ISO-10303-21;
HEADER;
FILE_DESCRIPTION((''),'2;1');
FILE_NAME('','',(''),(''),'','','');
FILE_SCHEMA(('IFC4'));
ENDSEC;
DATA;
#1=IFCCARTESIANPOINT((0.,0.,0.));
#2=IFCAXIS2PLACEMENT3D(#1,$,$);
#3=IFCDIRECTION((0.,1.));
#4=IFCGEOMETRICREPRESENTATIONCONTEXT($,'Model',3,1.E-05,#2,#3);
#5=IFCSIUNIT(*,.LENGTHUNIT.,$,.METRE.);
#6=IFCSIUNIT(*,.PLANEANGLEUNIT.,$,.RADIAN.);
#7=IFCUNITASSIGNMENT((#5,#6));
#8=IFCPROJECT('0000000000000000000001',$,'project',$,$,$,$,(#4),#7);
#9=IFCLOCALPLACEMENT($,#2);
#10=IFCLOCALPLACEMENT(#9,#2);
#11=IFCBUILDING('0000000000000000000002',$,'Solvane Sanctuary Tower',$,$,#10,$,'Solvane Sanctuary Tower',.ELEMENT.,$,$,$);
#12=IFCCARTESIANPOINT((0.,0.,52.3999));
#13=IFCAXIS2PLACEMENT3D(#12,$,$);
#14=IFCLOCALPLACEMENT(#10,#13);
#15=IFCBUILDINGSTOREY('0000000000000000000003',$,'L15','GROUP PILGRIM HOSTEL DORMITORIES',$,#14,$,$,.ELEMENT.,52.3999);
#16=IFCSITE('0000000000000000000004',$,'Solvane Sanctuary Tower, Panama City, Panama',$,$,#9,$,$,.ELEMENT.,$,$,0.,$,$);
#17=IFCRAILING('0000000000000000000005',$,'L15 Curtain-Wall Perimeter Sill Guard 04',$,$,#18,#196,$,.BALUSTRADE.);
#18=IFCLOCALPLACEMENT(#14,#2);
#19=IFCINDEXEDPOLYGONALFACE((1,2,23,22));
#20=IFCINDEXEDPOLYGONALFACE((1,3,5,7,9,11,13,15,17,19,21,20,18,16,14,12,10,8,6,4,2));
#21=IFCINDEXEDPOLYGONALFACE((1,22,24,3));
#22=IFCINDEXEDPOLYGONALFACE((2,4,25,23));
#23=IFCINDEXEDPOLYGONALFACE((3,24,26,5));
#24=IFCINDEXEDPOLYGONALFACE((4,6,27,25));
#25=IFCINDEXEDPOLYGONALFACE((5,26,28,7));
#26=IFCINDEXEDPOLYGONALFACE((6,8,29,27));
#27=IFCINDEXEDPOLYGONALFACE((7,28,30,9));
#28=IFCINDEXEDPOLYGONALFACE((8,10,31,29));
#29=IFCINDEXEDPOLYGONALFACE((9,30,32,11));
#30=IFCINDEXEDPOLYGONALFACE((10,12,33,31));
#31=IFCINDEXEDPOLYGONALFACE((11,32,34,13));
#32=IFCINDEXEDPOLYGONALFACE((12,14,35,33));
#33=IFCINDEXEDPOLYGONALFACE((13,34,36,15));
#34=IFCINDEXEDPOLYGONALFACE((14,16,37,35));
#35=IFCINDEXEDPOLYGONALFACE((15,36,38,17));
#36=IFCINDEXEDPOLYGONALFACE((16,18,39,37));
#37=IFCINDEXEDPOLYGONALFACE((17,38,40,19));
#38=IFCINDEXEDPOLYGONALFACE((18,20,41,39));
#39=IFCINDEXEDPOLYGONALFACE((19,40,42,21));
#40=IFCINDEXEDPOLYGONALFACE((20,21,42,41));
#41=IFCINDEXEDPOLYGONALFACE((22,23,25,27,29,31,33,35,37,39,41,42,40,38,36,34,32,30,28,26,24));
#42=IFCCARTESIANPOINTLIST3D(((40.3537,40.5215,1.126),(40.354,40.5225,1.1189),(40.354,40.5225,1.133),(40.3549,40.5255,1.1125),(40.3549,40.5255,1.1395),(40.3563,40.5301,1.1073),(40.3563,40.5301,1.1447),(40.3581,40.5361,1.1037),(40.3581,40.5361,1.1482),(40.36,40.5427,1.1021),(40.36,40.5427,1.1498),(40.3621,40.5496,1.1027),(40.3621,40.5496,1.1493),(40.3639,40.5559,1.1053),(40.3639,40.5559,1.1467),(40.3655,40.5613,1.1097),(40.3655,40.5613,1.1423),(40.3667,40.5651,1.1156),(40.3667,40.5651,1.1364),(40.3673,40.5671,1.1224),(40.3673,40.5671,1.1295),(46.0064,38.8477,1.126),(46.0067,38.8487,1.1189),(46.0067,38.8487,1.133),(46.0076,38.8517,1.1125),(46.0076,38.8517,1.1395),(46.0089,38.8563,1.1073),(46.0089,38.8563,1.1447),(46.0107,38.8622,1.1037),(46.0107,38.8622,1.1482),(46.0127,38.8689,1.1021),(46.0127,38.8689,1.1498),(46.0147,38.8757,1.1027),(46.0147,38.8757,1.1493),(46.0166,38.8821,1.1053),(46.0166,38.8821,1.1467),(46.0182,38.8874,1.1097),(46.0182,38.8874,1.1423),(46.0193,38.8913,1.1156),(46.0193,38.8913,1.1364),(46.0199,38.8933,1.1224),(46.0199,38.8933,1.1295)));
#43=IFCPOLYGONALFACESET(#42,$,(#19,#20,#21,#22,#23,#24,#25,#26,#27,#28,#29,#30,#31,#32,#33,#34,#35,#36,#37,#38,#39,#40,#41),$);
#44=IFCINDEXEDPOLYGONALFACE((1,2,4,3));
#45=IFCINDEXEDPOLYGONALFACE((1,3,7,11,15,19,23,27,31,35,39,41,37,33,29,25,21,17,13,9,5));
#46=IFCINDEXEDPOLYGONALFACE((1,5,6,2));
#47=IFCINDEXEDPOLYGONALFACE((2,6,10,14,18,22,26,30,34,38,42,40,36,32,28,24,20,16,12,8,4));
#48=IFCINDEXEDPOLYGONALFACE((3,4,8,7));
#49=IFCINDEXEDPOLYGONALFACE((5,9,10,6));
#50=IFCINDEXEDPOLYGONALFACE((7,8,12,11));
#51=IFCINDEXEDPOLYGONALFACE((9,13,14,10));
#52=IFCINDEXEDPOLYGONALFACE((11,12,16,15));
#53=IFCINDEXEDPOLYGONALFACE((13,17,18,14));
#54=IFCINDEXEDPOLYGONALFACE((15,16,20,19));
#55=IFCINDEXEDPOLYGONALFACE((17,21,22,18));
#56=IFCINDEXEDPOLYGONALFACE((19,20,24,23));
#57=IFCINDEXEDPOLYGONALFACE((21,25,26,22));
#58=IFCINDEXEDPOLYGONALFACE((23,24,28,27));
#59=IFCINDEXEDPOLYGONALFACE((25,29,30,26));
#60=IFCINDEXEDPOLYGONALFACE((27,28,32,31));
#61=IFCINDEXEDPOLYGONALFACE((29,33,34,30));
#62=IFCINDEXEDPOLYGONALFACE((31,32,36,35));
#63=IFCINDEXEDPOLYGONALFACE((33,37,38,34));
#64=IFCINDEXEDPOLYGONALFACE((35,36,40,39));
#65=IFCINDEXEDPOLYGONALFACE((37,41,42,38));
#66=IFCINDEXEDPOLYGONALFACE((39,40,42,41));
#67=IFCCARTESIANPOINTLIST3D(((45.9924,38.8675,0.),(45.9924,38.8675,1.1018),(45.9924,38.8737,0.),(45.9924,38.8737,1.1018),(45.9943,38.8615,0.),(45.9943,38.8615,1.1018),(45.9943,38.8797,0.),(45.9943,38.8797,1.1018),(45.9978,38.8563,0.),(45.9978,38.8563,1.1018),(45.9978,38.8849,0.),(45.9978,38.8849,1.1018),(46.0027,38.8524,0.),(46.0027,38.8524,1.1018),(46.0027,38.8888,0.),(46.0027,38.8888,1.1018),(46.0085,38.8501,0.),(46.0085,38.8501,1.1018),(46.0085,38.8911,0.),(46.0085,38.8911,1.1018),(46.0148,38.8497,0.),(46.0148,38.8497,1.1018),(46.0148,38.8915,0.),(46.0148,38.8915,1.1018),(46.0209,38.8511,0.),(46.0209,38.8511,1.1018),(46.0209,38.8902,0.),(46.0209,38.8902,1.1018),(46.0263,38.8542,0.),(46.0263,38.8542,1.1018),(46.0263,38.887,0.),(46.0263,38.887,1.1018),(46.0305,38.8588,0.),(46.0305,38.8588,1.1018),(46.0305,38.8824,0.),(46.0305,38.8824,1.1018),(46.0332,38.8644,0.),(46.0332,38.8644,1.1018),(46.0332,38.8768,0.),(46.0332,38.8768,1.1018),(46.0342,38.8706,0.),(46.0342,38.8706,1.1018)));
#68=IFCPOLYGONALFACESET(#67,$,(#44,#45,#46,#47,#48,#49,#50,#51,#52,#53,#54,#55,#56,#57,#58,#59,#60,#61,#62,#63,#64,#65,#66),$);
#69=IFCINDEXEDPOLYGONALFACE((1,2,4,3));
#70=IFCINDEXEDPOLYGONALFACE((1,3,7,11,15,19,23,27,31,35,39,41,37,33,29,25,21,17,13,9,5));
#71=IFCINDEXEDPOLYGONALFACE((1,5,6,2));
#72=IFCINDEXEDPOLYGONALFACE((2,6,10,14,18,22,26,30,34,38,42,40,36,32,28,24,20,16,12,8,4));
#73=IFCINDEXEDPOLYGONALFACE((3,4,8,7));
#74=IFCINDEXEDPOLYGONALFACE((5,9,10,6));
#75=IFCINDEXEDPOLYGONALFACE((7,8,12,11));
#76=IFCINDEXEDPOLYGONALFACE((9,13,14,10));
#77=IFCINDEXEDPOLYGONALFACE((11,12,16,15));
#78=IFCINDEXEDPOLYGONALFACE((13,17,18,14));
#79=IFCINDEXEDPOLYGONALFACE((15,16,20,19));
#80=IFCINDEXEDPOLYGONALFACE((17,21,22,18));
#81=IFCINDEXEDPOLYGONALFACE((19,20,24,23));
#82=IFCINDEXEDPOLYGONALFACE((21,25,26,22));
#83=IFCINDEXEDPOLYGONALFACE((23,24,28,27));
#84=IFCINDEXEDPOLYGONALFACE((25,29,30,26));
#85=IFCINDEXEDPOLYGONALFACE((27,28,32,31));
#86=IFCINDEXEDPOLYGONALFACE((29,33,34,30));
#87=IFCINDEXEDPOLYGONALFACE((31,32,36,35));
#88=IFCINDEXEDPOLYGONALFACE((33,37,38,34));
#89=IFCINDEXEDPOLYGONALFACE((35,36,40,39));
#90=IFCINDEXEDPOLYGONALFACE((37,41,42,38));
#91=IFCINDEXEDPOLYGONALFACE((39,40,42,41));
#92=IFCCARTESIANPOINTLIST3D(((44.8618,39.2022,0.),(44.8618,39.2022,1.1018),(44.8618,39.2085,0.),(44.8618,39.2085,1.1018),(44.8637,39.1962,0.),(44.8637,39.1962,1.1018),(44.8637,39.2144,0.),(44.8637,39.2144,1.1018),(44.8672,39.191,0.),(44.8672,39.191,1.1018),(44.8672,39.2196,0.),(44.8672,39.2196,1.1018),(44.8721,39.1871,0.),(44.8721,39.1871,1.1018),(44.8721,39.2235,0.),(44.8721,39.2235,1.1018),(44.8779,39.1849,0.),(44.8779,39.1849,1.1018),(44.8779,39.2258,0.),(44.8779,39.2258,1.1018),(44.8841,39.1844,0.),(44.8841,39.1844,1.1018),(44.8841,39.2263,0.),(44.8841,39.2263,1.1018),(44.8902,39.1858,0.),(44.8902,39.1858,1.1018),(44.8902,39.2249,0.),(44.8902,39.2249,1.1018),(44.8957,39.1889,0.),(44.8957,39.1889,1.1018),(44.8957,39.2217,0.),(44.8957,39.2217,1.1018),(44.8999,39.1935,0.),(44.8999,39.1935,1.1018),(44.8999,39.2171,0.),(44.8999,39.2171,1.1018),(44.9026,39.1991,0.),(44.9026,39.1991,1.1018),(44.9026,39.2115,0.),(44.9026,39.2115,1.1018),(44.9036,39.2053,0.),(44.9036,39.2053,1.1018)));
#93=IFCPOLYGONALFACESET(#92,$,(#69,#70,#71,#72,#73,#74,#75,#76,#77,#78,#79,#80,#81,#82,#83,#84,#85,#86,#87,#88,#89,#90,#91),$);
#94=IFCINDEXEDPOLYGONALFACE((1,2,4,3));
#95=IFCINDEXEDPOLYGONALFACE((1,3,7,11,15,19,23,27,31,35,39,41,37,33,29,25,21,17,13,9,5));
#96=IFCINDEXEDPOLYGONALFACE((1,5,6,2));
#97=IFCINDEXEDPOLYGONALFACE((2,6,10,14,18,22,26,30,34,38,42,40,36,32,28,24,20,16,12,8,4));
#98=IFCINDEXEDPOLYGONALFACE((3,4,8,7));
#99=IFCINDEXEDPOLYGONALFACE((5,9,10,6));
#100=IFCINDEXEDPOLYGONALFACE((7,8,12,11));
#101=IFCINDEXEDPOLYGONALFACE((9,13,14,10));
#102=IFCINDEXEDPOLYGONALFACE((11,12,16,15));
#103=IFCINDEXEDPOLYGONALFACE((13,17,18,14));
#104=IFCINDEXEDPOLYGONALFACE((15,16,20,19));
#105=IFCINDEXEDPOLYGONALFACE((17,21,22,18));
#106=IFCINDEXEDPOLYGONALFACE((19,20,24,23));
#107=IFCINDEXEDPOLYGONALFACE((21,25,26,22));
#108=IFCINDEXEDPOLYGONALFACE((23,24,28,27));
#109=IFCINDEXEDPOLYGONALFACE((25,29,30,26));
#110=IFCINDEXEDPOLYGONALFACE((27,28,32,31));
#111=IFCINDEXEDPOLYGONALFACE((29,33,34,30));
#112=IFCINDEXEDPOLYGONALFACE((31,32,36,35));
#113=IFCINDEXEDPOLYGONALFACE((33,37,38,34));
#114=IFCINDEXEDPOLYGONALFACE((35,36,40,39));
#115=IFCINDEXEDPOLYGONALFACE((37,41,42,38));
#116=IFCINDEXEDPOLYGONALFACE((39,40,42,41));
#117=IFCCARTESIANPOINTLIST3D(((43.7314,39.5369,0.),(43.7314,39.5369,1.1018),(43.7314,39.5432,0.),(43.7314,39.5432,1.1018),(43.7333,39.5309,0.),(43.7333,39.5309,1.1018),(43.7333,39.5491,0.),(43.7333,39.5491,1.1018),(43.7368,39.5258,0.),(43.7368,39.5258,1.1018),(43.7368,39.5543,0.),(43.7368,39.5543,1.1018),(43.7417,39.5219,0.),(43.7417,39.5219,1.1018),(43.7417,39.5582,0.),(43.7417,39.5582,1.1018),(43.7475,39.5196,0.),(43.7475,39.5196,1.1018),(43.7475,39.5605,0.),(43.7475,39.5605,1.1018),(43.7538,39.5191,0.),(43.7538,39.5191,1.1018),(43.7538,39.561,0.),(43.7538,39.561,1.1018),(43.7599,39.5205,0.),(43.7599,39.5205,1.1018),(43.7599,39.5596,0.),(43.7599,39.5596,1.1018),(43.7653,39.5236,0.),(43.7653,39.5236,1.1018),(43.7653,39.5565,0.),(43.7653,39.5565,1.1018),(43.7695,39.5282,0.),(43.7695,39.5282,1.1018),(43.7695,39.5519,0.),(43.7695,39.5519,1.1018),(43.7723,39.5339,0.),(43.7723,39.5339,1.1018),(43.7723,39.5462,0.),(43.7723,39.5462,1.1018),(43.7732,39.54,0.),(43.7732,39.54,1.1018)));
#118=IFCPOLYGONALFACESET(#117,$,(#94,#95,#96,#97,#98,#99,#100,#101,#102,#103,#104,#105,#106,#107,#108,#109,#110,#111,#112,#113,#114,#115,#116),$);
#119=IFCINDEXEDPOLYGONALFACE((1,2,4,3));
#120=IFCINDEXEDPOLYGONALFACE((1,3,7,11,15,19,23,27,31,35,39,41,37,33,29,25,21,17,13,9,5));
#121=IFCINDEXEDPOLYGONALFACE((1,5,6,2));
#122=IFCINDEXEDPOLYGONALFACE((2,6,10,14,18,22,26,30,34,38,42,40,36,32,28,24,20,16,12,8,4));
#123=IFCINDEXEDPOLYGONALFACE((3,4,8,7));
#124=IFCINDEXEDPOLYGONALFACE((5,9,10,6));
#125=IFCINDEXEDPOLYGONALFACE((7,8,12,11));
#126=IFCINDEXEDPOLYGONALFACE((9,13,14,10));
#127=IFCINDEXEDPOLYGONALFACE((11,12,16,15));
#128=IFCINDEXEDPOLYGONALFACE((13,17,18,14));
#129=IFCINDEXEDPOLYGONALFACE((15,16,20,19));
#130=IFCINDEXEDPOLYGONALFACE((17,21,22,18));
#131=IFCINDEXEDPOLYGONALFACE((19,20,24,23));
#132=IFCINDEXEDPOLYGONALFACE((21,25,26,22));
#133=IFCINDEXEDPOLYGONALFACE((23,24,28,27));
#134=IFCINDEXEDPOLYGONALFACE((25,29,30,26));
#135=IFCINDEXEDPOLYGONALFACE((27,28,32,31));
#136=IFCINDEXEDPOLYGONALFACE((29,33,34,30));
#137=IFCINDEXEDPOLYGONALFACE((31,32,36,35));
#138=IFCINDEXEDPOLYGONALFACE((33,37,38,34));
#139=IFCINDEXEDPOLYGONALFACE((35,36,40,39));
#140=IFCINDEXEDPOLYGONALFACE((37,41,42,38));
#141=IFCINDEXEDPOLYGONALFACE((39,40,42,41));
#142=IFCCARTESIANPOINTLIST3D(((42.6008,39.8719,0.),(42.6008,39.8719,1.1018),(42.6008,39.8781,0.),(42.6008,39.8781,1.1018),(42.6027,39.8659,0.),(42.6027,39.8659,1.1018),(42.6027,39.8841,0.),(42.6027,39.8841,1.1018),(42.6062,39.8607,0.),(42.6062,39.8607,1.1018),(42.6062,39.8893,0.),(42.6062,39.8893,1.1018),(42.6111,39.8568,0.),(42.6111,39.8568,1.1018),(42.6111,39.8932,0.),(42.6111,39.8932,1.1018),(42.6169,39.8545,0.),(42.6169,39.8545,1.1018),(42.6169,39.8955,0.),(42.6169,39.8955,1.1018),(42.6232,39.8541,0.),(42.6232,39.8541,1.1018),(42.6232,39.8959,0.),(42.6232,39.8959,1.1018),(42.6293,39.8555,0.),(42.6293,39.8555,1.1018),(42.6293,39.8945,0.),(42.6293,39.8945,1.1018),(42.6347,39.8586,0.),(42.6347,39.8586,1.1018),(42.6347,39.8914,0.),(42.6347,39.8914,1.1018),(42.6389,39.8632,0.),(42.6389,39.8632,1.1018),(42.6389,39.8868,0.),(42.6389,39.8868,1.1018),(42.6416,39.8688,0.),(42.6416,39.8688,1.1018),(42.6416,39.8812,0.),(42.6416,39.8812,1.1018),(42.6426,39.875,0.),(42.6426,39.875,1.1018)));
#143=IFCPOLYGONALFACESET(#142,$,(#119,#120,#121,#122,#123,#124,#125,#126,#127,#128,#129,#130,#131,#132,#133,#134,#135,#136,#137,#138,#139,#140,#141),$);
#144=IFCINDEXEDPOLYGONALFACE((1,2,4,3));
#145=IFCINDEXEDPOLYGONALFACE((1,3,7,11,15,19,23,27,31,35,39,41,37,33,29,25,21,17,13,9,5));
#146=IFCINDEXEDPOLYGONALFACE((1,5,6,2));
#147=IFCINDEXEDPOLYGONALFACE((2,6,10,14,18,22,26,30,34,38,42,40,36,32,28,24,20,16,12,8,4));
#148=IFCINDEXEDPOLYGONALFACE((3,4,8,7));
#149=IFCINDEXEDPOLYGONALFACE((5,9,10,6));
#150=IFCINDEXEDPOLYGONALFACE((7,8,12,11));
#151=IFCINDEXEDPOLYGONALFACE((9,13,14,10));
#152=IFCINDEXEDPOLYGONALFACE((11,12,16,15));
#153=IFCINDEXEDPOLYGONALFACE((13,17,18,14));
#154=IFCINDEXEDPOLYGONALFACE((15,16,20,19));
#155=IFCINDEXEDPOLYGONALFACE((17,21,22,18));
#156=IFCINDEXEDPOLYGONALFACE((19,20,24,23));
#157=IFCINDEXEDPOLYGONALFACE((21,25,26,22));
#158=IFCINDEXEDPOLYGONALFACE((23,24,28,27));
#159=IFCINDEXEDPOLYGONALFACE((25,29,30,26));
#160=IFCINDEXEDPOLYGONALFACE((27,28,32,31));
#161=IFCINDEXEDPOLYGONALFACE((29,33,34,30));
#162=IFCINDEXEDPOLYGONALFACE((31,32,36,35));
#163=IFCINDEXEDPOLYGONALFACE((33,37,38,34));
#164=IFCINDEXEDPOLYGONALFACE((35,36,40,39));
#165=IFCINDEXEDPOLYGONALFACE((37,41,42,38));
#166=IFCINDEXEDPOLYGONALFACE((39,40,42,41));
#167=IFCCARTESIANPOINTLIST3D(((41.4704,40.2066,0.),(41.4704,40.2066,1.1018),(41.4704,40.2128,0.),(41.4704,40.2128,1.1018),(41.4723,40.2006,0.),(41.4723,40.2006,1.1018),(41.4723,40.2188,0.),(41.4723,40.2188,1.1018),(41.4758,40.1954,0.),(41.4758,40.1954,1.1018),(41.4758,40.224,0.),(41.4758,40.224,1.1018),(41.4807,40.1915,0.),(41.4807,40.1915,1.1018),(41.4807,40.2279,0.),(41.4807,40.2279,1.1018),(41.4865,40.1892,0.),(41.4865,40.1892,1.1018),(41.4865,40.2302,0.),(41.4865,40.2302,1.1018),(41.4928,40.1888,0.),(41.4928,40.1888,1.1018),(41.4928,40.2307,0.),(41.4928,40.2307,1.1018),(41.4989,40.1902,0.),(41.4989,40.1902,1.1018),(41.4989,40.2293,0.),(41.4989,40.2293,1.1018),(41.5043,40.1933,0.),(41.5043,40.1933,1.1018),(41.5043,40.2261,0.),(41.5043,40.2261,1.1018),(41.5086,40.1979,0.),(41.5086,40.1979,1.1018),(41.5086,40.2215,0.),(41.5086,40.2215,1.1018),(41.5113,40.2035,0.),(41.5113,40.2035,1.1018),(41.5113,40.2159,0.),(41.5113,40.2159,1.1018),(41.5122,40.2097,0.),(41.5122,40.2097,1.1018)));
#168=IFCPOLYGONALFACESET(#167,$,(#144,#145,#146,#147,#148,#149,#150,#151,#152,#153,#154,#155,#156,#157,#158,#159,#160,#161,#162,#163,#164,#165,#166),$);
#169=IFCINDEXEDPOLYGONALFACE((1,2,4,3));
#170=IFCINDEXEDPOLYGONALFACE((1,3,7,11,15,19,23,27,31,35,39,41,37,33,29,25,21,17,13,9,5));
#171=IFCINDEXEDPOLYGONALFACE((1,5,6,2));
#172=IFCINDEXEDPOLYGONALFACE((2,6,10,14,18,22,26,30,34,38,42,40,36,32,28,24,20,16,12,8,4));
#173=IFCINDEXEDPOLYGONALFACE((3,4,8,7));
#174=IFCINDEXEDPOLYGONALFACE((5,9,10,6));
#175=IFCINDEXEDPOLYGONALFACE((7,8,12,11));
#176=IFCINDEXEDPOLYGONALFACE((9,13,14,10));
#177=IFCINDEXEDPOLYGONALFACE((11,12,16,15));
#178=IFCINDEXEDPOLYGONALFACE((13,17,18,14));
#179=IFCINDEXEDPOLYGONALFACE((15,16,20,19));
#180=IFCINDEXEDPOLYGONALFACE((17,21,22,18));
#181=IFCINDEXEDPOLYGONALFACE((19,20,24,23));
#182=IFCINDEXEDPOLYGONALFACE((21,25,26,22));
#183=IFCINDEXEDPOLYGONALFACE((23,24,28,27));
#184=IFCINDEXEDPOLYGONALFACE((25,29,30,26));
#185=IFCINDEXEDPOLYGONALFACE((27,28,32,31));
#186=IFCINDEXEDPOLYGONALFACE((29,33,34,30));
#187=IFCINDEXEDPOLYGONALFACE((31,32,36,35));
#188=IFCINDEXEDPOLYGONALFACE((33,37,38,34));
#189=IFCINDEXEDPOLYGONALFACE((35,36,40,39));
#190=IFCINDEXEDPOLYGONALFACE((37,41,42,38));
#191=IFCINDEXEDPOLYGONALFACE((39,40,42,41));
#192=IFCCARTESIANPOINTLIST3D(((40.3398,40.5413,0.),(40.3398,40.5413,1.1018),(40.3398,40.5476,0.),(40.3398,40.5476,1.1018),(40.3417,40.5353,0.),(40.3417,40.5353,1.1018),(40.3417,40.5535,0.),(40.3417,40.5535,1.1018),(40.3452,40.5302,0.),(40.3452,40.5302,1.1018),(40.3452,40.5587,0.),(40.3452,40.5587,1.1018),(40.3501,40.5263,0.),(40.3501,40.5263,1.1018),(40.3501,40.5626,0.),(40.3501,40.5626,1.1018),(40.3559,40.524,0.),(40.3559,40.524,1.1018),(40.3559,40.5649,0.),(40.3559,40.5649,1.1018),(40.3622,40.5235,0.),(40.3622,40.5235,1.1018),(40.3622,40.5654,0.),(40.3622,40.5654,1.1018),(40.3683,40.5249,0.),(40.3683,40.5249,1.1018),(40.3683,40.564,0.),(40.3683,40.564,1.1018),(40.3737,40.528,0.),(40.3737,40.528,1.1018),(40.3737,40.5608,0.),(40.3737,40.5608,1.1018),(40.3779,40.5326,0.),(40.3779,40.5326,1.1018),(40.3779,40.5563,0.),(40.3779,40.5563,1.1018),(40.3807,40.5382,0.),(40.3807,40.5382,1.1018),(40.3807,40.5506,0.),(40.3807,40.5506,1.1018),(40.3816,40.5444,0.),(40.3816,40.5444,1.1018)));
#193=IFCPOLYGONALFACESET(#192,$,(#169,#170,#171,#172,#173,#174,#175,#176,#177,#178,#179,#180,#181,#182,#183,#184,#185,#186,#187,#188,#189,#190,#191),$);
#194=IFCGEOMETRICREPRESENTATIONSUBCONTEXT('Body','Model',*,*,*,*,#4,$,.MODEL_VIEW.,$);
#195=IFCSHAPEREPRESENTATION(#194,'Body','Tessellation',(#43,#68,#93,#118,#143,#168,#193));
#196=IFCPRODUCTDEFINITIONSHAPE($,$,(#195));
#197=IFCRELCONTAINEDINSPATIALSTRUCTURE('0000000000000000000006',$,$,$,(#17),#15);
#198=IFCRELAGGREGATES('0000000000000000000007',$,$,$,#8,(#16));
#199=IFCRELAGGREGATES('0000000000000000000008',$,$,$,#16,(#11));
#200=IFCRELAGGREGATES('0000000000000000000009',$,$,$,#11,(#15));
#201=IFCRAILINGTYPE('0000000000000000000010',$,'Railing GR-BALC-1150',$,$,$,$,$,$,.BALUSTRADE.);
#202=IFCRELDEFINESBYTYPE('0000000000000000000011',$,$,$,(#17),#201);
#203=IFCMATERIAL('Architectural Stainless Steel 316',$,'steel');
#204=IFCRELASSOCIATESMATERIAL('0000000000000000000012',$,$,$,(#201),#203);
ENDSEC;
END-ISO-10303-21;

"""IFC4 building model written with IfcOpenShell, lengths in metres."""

from ifc_helpers import new_model, si_unit, direction, frame, origin, origin_2d, place, context, subcontext, project, spatial, circle, extrude, material, type_object, element, save


model = new_model("IFC4")

# Units and contexts
model_context = context("Model", 3, precision=1e-05, world=origin(), true_north=direction((0.0, 1.0)))
body_context = subcontext(model_context, "Body", "Model", "MODEL_VIEW")
ifc_project = project(units=[si_unit("LENGTHUNIT", "METRE"), si_unit("PLANEANGLEUNIT", "RADIAN")], contexts=[model_context])

# Site, building, storey
site_placement = place(None, origin())
site = spatial("IfcSite", under=ifc_project, at=site_placement, Name="Solvane Sanctuary Tower, Panama City, Panama", CompositionType="ELEMENT", RefElevation=0.0)
building_placement = place(site_placement, origin())
building = spatial("IfcBuilding", under=site, at=building_placement, Name="Solvane Sanctuary Tower", LongName="Solvane Sanctuary Tower", CompositionType="ELEMENT")
storey_placement = place(building_placement, frame((0.0, 0.0, 52.3999)))
storey = spatial("IfcBuildingStorey", under=building, at=storey_placement, Name="L15", Description="GROUP PILGRIM HOSTEL DORMITORIES", CompositionType="ELEMENT", Elevation=52.3999)

# Shared definitions
ifc_material_1 = material(Name="Architectural Stainless Steel 316", Category="steel")

# Railing
railing_type = type_object("IfcRailingType", Name="Railing GR-BALC-1150", PredefinedType="BALUSTRADE", material=ifc_material_1)
railing_placement = place(storey_placement, frame((46.0132, 38.8706, 0.0)))
element("IfcRailing", 1, at=railing_placement, inside=storey, type_object=railing_type, Name="L15 Curtain-Wall Perimeter Sill Guard 04", PredefinedType="BALUSTRADE", context=body_context, shape_type="SweptSolid", body=[
    extrude(circle(Radius=0.0239, at=origin_2d()), frame((0.0, 0.0, 1.126), z_axis=(-0.958845, 0.28393, 0.0), x_axis=(-0.28393, -0.958845, 0.0)), (0.0, 0.0, 1.0), 5.8953),
    extrude(circle(Radius=0.021, at=origin_2d()), origin(), (0.0, 0.0, 1.0), 1.1018),
    extrude(circle(Radius=0.021, at=origin_2d()), frame((-1.1306, 0.3347, 0.0)), (0.0, 0.0, 1.0), 1.1018),
    extrude(circle(Radius=0.021, at=origin_2d()), frame((-2.261, 0.6694, 0.0)), (0.0, 0.0, 1.0), 1.1018),
    extrude(circle(Radius=0.021, at=origin_2d()), frame((-3.3916, 1.0044, 0.0)), (0.0, 0.0, 1.0), 1.1018),
    extrude(circle(Radius=0.021, at=origin_2d()), frame((-4.522, 1.3391, 0.0)), (0.0, 0.0, 1.0), 1.1018),
    extrude(circle(Radius=0.021, at=origin_2d()), frame((-5.6526, 1.6738, 0.0)), (0.0, 0.0, 1.0), 1.1018),
])

save(model, "model.ifc")
